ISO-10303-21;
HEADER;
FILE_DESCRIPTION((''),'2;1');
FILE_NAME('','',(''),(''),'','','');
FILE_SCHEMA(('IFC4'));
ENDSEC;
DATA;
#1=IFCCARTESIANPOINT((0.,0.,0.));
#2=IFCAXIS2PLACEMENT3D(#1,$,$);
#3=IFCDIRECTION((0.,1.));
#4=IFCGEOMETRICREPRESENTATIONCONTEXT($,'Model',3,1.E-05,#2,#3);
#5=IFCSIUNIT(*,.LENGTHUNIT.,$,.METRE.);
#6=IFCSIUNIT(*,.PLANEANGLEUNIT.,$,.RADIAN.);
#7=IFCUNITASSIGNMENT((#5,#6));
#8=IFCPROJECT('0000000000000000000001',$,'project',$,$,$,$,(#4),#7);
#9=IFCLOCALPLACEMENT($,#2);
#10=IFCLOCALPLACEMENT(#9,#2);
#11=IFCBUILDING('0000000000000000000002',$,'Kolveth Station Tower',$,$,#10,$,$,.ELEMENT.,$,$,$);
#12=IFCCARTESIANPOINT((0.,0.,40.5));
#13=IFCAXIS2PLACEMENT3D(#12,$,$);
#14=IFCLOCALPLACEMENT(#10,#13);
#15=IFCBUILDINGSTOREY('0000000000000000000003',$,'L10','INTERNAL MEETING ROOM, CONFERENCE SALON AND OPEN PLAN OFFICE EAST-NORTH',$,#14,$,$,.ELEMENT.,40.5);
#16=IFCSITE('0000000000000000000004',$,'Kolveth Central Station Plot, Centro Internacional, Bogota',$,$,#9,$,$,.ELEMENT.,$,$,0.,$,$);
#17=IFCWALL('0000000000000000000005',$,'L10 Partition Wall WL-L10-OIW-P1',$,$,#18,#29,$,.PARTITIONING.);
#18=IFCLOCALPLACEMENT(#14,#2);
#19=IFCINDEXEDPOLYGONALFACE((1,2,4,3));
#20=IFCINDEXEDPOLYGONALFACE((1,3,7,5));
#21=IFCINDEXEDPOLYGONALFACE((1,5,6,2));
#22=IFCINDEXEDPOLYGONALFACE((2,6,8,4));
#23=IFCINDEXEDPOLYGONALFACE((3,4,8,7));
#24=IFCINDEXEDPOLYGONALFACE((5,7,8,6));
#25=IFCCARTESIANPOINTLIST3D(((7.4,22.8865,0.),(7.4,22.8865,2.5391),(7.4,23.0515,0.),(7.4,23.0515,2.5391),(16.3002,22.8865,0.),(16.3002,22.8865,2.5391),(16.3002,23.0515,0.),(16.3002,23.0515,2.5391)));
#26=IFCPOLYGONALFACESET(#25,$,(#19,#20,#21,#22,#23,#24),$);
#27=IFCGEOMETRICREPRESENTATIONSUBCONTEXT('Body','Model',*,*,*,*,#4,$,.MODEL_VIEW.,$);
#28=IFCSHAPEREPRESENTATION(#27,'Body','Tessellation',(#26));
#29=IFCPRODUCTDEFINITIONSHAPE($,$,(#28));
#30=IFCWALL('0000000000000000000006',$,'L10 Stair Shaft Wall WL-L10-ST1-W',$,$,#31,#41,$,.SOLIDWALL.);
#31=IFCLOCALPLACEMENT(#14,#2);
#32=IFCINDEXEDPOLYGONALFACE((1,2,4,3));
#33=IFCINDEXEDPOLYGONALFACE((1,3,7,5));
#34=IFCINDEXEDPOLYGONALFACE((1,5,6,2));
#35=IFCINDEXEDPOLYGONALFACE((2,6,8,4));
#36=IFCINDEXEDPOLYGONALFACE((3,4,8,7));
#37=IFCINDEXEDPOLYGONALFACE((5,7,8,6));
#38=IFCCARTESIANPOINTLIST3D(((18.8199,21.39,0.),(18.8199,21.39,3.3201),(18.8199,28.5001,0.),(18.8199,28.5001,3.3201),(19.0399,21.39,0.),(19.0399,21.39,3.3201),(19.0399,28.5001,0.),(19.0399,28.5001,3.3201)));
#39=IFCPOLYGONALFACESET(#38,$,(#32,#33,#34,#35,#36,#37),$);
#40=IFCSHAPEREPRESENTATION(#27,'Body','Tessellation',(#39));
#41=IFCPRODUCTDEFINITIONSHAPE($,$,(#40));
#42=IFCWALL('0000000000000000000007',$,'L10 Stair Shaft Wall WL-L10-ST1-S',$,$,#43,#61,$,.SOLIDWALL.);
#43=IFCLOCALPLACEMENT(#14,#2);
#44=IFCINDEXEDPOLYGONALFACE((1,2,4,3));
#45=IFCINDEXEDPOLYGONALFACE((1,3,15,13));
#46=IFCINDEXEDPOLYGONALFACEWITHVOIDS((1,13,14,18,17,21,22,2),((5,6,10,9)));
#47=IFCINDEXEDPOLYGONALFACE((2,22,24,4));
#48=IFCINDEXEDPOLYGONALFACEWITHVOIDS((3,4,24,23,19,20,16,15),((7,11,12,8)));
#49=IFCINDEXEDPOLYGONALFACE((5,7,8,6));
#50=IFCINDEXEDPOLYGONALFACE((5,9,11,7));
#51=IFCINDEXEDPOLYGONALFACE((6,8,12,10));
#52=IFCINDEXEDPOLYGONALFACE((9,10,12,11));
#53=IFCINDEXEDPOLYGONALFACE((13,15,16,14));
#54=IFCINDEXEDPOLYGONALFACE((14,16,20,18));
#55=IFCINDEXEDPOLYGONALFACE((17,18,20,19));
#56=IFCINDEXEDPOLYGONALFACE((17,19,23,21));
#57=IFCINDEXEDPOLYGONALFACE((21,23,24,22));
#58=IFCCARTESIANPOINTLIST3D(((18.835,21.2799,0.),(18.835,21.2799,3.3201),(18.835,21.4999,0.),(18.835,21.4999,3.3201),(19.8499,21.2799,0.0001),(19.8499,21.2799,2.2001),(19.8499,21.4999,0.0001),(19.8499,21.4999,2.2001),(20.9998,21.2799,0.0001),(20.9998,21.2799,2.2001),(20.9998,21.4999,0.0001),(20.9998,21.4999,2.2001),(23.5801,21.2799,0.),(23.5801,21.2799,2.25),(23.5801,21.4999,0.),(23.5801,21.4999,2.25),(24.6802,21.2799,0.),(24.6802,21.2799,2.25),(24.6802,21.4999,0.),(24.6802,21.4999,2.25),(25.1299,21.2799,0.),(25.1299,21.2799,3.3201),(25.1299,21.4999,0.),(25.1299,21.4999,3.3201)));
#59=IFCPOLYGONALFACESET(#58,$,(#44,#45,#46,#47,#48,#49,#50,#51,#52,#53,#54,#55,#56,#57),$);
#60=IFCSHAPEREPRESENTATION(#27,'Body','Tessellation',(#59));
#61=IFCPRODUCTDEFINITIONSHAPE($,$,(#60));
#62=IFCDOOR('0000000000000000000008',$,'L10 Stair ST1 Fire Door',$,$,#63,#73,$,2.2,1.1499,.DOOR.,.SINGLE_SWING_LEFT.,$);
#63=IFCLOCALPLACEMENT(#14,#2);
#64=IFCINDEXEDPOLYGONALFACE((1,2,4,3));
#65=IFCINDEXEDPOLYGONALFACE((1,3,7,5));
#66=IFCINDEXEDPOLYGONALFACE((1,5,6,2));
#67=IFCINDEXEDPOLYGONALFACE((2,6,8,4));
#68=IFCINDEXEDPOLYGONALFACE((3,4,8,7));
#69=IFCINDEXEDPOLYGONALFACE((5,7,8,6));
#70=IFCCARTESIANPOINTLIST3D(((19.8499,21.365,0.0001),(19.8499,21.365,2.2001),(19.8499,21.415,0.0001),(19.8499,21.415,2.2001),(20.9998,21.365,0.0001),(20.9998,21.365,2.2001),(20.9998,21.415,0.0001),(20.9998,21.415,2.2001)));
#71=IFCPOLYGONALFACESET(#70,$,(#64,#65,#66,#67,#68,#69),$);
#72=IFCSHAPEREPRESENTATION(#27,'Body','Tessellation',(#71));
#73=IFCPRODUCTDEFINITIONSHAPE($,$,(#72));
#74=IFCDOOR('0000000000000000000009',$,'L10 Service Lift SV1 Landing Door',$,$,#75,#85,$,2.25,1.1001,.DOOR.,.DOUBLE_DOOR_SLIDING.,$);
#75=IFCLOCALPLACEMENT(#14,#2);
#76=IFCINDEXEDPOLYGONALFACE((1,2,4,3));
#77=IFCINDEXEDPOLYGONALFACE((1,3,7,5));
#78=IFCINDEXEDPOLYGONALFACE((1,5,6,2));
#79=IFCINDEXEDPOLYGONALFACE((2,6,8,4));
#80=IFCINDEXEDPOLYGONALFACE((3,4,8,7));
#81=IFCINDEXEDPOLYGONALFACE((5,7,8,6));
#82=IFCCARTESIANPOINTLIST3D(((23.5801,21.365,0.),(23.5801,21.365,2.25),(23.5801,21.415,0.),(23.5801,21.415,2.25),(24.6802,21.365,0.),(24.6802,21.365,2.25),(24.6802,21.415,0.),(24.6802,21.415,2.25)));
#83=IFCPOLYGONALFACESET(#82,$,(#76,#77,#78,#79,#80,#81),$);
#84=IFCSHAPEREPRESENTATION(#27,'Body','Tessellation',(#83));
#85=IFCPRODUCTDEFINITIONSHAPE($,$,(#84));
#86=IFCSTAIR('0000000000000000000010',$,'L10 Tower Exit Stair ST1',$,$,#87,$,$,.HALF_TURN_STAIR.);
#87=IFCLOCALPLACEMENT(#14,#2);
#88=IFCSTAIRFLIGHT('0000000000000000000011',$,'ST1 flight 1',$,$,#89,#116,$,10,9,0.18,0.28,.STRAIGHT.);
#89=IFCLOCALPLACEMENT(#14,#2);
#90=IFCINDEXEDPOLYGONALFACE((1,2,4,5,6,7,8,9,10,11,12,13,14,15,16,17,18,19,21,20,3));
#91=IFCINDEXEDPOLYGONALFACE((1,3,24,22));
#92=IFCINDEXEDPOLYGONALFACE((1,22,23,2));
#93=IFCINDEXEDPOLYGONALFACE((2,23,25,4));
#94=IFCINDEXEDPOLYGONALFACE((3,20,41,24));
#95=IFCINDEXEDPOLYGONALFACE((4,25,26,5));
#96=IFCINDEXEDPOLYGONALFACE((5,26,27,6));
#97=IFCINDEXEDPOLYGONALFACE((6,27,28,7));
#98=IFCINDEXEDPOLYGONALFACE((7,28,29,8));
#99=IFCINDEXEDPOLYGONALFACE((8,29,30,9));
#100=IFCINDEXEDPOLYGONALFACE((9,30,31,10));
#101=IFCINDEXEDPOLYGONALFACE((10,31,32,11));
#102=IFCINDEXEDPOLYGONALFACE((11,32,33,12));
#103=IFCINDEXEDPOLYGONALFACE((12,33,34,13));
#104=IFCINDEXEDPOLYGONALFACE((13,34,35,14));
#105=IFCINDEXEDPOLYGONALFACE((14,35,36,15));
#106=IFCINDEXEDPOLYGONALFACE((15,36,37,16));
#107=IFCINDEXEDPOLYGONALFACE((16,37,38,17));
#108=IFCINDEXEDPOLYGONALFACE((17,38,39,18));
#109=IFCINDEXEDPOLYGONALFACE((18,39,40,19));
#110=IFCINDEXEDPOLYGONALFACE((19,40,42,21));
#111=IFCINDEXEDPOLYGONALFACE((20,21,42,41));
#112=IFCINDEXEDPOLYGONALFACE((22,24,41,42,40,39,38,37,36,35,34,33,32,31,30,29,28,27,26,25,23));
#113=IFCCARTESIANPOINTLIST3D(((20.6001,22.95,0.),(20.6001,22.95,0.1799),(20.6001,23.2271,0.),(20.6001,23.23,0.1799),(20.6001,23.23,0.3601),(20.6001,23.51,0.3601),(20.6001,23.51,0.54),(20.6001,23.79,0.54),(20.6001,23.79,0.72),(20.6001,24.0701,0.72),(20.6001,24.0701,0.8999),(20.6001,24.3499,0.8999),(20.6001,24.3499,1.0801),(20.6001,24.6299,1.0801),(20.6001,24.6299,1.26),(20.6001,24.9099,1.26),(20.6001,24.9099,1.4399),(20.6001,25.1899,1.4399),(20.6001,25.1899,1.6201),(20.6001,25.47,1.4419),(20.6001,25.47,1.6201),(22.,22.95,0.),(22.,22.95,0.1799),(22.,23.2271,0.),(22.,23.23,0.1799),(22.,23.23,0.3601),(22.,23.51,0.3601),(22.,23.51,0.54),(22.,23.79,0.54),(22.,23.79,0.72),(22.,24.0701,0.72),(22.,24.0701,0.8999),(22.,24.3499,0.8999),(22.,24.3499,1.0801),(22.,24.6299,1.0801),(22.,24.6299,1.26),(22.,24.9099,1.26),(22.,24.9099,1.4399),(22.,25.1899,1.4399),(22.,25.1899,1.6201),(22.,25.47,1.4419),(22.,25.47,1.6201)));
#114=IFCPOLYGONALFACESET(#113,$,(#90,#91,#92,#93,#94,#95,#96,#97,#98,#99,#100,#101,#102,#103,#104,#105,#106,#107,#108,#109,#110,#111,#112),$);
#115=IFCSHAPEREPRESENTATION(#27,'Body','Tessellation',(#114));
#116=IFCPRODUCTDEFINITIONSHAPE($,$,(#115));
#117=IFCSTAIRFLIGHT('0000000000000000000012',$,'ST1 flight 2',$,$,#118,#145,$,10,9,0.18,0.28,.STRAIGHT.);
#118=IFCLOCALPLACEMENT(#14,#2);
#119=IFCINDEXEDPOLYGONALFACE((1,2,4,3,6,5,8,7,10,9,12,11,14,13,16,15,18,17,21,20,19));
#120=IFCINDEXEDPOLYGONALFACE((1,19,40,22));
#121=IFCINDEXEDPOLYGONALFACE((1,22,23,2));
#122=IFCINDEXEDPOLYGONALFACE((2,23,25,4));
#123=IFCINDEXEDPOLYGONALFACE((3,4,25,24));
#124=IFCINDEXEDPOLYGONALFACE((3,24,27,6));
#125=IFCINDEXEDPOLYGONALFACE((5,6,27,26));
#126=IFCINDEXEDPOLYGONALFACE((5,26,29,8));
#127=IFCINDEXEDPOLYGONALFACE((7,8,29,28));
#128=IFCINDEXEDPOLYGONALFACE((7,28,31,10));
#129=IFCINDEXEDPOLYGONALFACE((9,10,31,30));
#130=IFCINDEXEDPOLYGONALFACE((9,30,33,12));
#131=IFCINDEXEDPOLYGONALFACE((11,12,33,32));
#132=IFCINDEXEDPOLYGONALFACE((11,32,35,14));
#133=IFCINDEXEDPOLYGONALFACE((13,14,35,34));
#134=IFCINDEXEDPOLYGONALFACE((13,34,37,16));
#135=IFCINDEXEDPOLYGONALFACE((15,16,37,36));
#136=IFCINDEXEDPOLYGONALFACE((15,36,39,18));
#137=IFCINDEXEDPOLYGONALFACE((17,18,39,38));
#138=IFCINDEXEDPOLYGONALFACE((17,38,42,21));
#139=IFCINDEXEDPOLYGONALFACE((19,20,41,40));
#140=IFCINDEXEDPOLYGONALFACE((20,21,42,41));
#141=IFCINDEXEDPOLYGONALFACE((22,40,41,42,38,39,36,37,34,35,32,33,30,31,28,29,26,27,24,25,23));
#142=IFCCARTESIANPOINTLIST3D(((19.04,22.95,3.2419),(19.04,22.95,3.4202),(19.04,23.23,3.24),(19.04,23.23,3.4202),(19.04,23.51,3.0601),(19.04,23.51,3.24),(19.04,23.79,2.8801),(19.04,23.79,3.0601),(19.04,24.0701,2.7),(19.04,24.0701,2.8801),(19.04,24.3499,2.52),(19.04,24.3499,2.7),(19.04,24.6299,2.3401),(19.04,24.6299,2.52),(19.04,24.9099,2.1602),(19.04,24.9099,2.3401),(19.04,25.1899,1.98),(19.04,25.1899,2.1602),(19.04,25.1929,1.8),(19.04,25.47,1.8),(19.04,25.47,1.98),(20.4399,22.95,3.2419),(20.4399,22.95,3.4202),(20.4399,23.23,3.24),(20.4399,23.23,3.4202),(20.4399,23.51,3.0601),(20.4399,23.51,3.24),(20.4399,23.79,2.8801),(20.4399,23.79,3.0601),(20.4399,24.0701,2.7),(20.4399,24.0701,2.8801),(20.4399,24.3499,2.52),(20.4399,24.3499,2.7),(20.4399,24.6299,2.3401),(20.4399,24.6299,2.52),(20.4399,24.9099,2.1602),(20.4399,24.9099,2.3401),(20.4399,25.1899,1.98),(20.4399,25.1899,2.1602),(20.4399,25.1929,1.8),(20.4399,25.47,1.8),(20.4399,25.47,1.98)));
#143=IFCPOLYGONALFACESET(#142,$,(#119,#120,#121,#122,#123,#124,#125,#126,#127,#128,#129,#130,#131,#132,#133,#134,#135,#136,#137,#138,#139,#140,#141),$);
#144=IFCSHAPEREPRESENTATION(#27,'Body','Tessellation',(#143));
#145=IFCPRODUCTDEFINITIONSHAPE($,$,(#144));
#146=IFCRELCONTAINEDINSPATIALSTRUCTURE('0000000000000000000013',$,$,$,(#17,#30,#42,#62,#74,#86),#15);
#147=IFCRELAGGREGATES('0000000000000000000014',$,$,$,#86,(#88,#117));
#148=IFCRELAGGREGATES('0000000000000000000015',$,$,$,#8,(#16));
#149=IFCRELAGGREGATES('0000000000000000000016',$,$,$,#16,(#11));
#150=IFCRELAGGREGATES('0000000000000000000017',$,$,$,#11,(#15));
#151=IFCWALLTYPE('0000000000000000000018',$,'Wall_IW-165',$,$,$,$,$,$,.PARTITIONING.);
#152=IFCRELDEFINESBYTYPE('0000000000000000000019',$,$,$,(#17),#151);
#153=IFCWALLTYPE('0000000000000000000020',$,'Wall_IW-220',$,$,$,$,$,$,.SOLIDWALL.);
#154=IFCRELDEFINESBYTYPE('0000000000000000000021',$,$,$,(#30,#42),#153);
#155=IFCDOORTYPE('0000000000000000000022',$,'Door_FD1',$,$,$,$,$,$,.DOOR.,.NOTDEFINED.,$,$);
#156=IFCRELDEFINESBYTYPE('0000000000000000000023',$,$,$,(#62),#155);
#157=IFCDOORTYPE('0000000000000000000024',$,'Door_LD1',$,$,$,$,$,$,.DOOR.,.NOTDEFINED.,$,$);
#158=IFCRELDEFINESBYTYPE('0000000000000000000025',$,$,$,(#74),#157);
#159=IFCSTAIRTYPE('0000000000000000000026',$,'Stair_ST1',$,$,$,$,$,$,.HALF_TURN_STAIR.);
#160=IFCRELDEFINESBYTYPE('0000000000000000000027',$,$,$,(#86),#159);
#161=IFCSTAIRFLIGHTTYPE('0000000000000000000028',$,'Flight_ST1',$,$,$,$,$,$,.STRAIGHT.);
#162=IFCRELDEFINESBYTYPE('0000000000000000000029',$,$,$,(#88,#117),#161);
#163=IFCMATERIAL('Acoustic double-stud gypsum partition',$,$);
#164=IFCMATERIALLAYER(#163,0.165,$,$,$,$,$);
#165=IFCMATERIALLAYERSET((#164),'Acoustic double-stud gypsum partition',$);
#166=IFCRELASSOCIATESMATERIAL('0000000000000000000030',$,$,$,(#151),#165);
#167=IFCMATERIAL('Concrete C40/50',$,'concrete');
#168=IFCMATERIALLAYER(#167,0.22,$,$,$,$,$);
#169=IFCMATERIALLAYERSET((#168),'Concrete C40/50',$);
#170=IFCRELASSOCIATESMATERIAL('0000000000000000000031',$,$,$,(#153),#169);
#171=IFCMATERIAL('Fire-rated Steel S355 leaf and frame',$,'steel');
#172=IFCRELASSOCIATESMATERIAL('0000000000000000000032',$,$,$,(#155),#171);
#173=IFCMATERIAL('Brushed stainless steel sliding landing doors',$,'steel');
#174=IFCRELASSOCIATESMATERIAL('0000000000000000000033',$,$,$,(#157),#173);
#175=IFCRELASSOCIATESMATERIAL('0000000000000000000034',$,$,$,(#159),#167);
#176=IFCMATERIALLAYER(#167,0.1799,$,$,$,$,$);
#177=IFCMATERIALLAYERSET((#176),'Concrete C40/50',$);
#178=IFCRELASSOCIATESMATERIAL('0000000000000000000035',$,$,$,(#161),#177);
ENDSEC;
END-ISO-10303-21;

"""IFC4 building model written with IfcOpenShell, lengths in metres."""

from ifc_helpers import new_model, si_unit, direction, frame, frame_2d, origin, place, context, subcontext, project, spatial, polyline, rectangle, outline, extrude, material, layer, layer_set, type_object, element, fill, aggregate, save


model = new_model("IFC4")

# Units and contexts
model_context = context("Model", 3, precision=1e-05, world=origin(), true_north=direction((0.0, 1.0)))
body_context = subcontext(model_context, "Body", "Model", "MODEL_VIEW")
ifc_project = project(units=[si_unit("LENGTHUNIT", "METRE"), si_unit("PLANEANGLEUNIT", "RADIAN")], contexts=[model_context])

# Site, building, storey
site_placement = place(None, origin())
site = spatial("IfcSite", under=ifc_project, at=site_placement, Name="Kolveth Central Station Plot, Centro Internacional, Bogota", CompositionType="ELEMENT", RefElevation=0.0)
building_placement = place(site_placement, origin())
building = spatial("IfcBuilding", under=site, at=building_placement, Name="Kolveth Station Tower", CompositionType="ELEMENT")
storey_placement = place(building_placement, frame((0.0, 0.0, 40.5)))
storey = spatial("IfcBuildingStorey", under=building, at=storey_placement, Name="L10", Description="INTERNAL MEETING ROOM, CONFERENCE SALON AND OPEN PLAN OFFICE EAST-NORTH", CompositionType="ELEMENT", Elevation=40.5)

# Walls
ifc_material_1 = material(Name="Acoustic double-stud gypsum partition")
ifc_layer_1 = layer(ifc_material_1, 0.165)
ifc_layer_set_1 = layer_set([ifc_layer_1], Name="Acoustic double-stud gypsum partition")
wall_type_1 = type_object("IfcWallType", Name="Wall_IW-165", PredefinedType="PARTITIONING", material=ifc_layer_set_1)
wall_1_placement = place(storey_placement, frame((7.3999, 22.969, 0.0), z_axis=(0.0, 0.0, 1.0), x_axis=(1.0, 0.0, 0.0)))
element("IfcWall", 1, at=wall_1_placement, inside=storey, type_object=wall_type_1, Name="L10 Partition Wall WL-L10-OIW-P1", PredefinedType="PARTITIONING", context=body_context, shape_type="SweptSolid", body=[
    extrude(rectangle(XDim=8.9001, YDim=0.165, at=frame_2d((4.4502, 0.0))), origin(), (0.0, 0.0, 1.0), 2.5391),
])
ifc_material_2 = material(Name="Concrete C40/50", Category="concrete")
ifc_layer_2 = layer(ifc_material_2, 0.22)
ifc_layer_set_2 = layer_set([ifc_layer_2], Name="Concrete C40/50")
wall_type_2 = type_object("IfcWallType", Name="Wall_IW-220", PredefinedType="SOLIDWALL", material=ifc_layer_set_2)
wall_2_placement = place(storey_placement, frame((18.9299, 21.3899, 0.0), z_axis=(0.0, 0.0, 1.0), x_axis=(0.0, 1.0, 0.0)))
element("IfcWall", 2, at=wall_2_placement, inside=storey, type_object=wall_type_2, Name="L10 Stair Shaft Wall WL-L10-ST1-W", PredefinedType="SOLIDWALL", context=body_context, shape_type="SweptSolid", body=[
    extrude(rectangle(XDim=7.1101, YDim=0.22, at=frame_2d((3.5552, 0.0))), origin(), (0.0, 0.0, 1.0), 3.3201),
])

# Wall, openings, doors
wall_3_placement = place(storey_placement, frame((18.835, 21.3899, 0.0), z_axis=(0.0, 0.0, 1.0), x_axis=(1.0, 0.0, 0.0)))
wall_3 = element("IfcWall", 3, at=wall_3_placement, inside=storey, type_object=wall_type_2, Name="L10 Stair Shaft Wall WL-L10-ST1-S", PredefinedType="SOLIDWALL", context=body_context, shape_type="SweptSolid", body=[
    extrude(rectangle(XDim=6.2949, YDim=0.22, at=frame_2d((3.1475, 0.0))), origin(), (0.0, 0.0, 1.0), 3.3201),
])
opening_1_placement = place(wall_3_placement, frame((1.0149, 0.0, 0.0)))
opening_1 = element("IfcOpeningElement", 4, at=opening_1_placement, cuts=wall_3, PredefinedType="OPENING", context=body_context, shape_type="SweptSolid", body=[
    extrude(rectangle(XDim=1.1499, YDim=2.2, at=frame_2d((0.575, 1.1001))), frame((0.0, 0.1199, 0.0), z_axis=(0.0, -1.0, 0.0), x_axis=(1.0, 0.0, 0.0)), (0.0, 0.0, 1.0), 0.24),
])
opening_2_placement = place(wall_3_placement, frame((4.7451, 0.0, 0.0)))
opening_2 = element("IfcOpeningElement", 5, at=opening_2_placement, cuts=wall_3, PredefinedType="OPENING", context=body_context, shape_type="SweptSolid", body=[
    extrude(rectangle(XDim=1.1001, YDim=2.25, at=frame_2d((0.55, 1.125))), frame((0.0, 0.1199, 0.0), z_axis=(0.0, -1.0, 0.0), x_axis=(1.0, 0.0, 0.0)), (0.0, 0.0, 1.0), 0.24),
])
ifc_material_3 = material(Name="Fire-rated Steel S355 leaf and frame", Category="steel")
door_type_1 = type_object("IfcDoorType", Name="Door_FD1", OperationType="NOTDEFINED", PredefinedType="DOOR", material=ifc_material_3)
door_1_placement = place(opening_1_placement, frame((1.1499, 0.0, 0.0), z_axis=(0.0, 0.0, 1.0), x_axis=(-1.0, 0.0, 0.0)))
door_1 = element("IfcDoor", 6, at=door_1_placement, inside=storey, type_object=door_type_1, Name="L10 Stair ST1 Fire Door", OperationType="SINGLE_SWING_LEFT", OverallHeight=2.2, OverallWidth=1.1499, PredefinedType="DOOR", context=body_context, shape_type="SweptSolid", body=[
    extrude(rectangle(XDim=1.1499, YDim=2.2, at=frame_2d((0.575, 1.1001))), frame((0.0, 0.0249, 0.0), z_axis=(0.0, -1.0, 0.0), x_axis=(1.0, 0.0, 0.0)), (0.0, 0.0, 1.0), 0.05),
])
fill(opening_1, door_1)
ifc_material_4 = material(Name="Brushed stainless steel sliding landing doors", Category="steel")
door_type_2 = type_object("IfcDoorType", Name="Door_LD1", OperationType="NOTDEFINED", PredefinedType="DOOR", material=ifc_material_4)
door_2_placement = place(opening_2_placement, frame((1.1001, 0.0, 0.0), z_axis=(0.0, 0.0, 1.0), x_axis=(-1.0, 0.0, 0.0)))
door_2 = element("IfcDoor", 7, at=door_2_placement, inside=storey, type_object=door_type_2, Name="L10 Service Lift SV1 Landing Door", OperationType="DOUBLE_DOOR_SLIDING", OverallHeight=2.25, OverallWidth=1.1001, PredefinedType="DOOR", context=body_context, shape_type="SweptSolid", body=[
    extrude(rectangle(XDim=1.1001, YDim=2.25, at=frame_2d((0.55, 1.125))), frame((0.0, 0.0249, 0.0), z_axis=(0.0, -1.0, 0.0), x_axis=(1.0, 0.0, 0.0)), (0.0, 0.0, 1.0), 0.05),
])
fill(opening_2, door_2)

# Stair, stair flights
stair_type = type_object("IfcStairType", Name="Stair_ST1", PredefinedType="HALF_TURN_STAIR", material=ifc_material_2)
stair_placement = place(storey_placement, origin())
stair = element("IfcStair", 8, at=stair_placement, inside=storey, type_object=stair_type, Name="L10 Tower Exit Stair ST1", PredefinedType="HALF_TURN_STAIR")
ifc_layer_3 = layer(ifc_material_2, 0.1799)
ifc_layer_set_3 = layer_set([ifc_layer_3], Name="Concrete C40/50")
stair_flight_type = type_object("IfcStairFlightType", Name="Flight_ST1", PredefinedType="STRAIGHT", material=ifc_layer_set_3)
stair_flight_1_placement = place(storey_placement, frame((21.3, 22.95, 0.0), z_axis=(0.0, 0.0, 1.0), x_axis=(0.0, 1.0, 0.0)))
stair_flight_1 = element("IfcStairFlight", 9, at=stair_flight_1_placement, type_object=stair_flight_type, Name="ST1 flight 1", NumberOfRisers=10, NumberOfTreads=9, PredefinedType="STRAIGHT", RiserHeight=0.18, TreadLength=0.28, context=body_context, shape_type="SweptSolid", body=[
    extrude(outline(polyline([(0.0, 0.0), (0.0, 0.1799), (0.28, 0.1799), (0.28, 0.3601), (0.5601, 0.3601), (0.5601, 0.54), (0.8401, 0.54), (0.8401, 0.72), (1.1201, 0.72), (1.1201, 0.8999), (1.3999, 0.8999), (1.3999, 1.0801), (1.6799, 1.0801), (1.6799, 1.26), (1.96, 1.26), (1.96, 1.4399), (2.24, 1.4399), (2.24, 1.6201), (2.52, 1.6201), (2.52, 1.8), (2.52, 1.4419), (0.2771, 0.0), (0.0, 0.0)])), frame((0.0, 0.7, 0.0), z_axis=(0.0, -1.0, 0.0), x_axis=(1.0, 0.0, 0.0)), (0.0, 0.0, 1.0), 1.3999),
])
stair_flight_2_placement = place(storey_placement, frame((19.74, 25.47, 1.8), z_axis=(0.0, 0.0, 1.0), x_axis=(0.0, -1.0, 0.0)))
stair_flight_2 = element("IfcStairFlight", 10, at=stair_flight_2_placement, type_object=stair_flight_type, Name="ST1 flight 2", NumberOfRisers=10, NumberOfTreads=9, PredefinedType="STRAIGHT", RiserHeight=0.18, TreadLength=0.28, context=body_context, shape_type="SweptSolid", body=[
    extrude(outline(polyline([(0.0, 0.0), (0.0, 0.1799), (0.28, 0.1799), (0.28, 0.3601), (0.5601, 0.3601), (0.5601, 0.54), (0.8401, 0.54), (0.8401, 0.72), (1.1201, 0.72), (1.1201, 0.8999), (1.3999, 0.8999), (1.3999, 1.0801), (1.6799, 1.0801), (1.6799, 1.26), (1.96, 1.26), (1.96, 1.4399), (2.24, 1.4399), (2.24, 1.6201), (2.52, 1.6201), (2.52, 1.8), (2.52, 1.4419), (0.2771, 0.0), (0.0, 0.0)])), frame((0.0, 0.7, 0.0), z_axis=(0.0, -1.0, 0.0), x_axis=(1.0, 0.0, 0.0)), (0.0, 0.0, 1.0), 1.3999),
])
aggregate(stair, [stair_flight_1, stair_flight_2])

save(model, "model.ifc")
